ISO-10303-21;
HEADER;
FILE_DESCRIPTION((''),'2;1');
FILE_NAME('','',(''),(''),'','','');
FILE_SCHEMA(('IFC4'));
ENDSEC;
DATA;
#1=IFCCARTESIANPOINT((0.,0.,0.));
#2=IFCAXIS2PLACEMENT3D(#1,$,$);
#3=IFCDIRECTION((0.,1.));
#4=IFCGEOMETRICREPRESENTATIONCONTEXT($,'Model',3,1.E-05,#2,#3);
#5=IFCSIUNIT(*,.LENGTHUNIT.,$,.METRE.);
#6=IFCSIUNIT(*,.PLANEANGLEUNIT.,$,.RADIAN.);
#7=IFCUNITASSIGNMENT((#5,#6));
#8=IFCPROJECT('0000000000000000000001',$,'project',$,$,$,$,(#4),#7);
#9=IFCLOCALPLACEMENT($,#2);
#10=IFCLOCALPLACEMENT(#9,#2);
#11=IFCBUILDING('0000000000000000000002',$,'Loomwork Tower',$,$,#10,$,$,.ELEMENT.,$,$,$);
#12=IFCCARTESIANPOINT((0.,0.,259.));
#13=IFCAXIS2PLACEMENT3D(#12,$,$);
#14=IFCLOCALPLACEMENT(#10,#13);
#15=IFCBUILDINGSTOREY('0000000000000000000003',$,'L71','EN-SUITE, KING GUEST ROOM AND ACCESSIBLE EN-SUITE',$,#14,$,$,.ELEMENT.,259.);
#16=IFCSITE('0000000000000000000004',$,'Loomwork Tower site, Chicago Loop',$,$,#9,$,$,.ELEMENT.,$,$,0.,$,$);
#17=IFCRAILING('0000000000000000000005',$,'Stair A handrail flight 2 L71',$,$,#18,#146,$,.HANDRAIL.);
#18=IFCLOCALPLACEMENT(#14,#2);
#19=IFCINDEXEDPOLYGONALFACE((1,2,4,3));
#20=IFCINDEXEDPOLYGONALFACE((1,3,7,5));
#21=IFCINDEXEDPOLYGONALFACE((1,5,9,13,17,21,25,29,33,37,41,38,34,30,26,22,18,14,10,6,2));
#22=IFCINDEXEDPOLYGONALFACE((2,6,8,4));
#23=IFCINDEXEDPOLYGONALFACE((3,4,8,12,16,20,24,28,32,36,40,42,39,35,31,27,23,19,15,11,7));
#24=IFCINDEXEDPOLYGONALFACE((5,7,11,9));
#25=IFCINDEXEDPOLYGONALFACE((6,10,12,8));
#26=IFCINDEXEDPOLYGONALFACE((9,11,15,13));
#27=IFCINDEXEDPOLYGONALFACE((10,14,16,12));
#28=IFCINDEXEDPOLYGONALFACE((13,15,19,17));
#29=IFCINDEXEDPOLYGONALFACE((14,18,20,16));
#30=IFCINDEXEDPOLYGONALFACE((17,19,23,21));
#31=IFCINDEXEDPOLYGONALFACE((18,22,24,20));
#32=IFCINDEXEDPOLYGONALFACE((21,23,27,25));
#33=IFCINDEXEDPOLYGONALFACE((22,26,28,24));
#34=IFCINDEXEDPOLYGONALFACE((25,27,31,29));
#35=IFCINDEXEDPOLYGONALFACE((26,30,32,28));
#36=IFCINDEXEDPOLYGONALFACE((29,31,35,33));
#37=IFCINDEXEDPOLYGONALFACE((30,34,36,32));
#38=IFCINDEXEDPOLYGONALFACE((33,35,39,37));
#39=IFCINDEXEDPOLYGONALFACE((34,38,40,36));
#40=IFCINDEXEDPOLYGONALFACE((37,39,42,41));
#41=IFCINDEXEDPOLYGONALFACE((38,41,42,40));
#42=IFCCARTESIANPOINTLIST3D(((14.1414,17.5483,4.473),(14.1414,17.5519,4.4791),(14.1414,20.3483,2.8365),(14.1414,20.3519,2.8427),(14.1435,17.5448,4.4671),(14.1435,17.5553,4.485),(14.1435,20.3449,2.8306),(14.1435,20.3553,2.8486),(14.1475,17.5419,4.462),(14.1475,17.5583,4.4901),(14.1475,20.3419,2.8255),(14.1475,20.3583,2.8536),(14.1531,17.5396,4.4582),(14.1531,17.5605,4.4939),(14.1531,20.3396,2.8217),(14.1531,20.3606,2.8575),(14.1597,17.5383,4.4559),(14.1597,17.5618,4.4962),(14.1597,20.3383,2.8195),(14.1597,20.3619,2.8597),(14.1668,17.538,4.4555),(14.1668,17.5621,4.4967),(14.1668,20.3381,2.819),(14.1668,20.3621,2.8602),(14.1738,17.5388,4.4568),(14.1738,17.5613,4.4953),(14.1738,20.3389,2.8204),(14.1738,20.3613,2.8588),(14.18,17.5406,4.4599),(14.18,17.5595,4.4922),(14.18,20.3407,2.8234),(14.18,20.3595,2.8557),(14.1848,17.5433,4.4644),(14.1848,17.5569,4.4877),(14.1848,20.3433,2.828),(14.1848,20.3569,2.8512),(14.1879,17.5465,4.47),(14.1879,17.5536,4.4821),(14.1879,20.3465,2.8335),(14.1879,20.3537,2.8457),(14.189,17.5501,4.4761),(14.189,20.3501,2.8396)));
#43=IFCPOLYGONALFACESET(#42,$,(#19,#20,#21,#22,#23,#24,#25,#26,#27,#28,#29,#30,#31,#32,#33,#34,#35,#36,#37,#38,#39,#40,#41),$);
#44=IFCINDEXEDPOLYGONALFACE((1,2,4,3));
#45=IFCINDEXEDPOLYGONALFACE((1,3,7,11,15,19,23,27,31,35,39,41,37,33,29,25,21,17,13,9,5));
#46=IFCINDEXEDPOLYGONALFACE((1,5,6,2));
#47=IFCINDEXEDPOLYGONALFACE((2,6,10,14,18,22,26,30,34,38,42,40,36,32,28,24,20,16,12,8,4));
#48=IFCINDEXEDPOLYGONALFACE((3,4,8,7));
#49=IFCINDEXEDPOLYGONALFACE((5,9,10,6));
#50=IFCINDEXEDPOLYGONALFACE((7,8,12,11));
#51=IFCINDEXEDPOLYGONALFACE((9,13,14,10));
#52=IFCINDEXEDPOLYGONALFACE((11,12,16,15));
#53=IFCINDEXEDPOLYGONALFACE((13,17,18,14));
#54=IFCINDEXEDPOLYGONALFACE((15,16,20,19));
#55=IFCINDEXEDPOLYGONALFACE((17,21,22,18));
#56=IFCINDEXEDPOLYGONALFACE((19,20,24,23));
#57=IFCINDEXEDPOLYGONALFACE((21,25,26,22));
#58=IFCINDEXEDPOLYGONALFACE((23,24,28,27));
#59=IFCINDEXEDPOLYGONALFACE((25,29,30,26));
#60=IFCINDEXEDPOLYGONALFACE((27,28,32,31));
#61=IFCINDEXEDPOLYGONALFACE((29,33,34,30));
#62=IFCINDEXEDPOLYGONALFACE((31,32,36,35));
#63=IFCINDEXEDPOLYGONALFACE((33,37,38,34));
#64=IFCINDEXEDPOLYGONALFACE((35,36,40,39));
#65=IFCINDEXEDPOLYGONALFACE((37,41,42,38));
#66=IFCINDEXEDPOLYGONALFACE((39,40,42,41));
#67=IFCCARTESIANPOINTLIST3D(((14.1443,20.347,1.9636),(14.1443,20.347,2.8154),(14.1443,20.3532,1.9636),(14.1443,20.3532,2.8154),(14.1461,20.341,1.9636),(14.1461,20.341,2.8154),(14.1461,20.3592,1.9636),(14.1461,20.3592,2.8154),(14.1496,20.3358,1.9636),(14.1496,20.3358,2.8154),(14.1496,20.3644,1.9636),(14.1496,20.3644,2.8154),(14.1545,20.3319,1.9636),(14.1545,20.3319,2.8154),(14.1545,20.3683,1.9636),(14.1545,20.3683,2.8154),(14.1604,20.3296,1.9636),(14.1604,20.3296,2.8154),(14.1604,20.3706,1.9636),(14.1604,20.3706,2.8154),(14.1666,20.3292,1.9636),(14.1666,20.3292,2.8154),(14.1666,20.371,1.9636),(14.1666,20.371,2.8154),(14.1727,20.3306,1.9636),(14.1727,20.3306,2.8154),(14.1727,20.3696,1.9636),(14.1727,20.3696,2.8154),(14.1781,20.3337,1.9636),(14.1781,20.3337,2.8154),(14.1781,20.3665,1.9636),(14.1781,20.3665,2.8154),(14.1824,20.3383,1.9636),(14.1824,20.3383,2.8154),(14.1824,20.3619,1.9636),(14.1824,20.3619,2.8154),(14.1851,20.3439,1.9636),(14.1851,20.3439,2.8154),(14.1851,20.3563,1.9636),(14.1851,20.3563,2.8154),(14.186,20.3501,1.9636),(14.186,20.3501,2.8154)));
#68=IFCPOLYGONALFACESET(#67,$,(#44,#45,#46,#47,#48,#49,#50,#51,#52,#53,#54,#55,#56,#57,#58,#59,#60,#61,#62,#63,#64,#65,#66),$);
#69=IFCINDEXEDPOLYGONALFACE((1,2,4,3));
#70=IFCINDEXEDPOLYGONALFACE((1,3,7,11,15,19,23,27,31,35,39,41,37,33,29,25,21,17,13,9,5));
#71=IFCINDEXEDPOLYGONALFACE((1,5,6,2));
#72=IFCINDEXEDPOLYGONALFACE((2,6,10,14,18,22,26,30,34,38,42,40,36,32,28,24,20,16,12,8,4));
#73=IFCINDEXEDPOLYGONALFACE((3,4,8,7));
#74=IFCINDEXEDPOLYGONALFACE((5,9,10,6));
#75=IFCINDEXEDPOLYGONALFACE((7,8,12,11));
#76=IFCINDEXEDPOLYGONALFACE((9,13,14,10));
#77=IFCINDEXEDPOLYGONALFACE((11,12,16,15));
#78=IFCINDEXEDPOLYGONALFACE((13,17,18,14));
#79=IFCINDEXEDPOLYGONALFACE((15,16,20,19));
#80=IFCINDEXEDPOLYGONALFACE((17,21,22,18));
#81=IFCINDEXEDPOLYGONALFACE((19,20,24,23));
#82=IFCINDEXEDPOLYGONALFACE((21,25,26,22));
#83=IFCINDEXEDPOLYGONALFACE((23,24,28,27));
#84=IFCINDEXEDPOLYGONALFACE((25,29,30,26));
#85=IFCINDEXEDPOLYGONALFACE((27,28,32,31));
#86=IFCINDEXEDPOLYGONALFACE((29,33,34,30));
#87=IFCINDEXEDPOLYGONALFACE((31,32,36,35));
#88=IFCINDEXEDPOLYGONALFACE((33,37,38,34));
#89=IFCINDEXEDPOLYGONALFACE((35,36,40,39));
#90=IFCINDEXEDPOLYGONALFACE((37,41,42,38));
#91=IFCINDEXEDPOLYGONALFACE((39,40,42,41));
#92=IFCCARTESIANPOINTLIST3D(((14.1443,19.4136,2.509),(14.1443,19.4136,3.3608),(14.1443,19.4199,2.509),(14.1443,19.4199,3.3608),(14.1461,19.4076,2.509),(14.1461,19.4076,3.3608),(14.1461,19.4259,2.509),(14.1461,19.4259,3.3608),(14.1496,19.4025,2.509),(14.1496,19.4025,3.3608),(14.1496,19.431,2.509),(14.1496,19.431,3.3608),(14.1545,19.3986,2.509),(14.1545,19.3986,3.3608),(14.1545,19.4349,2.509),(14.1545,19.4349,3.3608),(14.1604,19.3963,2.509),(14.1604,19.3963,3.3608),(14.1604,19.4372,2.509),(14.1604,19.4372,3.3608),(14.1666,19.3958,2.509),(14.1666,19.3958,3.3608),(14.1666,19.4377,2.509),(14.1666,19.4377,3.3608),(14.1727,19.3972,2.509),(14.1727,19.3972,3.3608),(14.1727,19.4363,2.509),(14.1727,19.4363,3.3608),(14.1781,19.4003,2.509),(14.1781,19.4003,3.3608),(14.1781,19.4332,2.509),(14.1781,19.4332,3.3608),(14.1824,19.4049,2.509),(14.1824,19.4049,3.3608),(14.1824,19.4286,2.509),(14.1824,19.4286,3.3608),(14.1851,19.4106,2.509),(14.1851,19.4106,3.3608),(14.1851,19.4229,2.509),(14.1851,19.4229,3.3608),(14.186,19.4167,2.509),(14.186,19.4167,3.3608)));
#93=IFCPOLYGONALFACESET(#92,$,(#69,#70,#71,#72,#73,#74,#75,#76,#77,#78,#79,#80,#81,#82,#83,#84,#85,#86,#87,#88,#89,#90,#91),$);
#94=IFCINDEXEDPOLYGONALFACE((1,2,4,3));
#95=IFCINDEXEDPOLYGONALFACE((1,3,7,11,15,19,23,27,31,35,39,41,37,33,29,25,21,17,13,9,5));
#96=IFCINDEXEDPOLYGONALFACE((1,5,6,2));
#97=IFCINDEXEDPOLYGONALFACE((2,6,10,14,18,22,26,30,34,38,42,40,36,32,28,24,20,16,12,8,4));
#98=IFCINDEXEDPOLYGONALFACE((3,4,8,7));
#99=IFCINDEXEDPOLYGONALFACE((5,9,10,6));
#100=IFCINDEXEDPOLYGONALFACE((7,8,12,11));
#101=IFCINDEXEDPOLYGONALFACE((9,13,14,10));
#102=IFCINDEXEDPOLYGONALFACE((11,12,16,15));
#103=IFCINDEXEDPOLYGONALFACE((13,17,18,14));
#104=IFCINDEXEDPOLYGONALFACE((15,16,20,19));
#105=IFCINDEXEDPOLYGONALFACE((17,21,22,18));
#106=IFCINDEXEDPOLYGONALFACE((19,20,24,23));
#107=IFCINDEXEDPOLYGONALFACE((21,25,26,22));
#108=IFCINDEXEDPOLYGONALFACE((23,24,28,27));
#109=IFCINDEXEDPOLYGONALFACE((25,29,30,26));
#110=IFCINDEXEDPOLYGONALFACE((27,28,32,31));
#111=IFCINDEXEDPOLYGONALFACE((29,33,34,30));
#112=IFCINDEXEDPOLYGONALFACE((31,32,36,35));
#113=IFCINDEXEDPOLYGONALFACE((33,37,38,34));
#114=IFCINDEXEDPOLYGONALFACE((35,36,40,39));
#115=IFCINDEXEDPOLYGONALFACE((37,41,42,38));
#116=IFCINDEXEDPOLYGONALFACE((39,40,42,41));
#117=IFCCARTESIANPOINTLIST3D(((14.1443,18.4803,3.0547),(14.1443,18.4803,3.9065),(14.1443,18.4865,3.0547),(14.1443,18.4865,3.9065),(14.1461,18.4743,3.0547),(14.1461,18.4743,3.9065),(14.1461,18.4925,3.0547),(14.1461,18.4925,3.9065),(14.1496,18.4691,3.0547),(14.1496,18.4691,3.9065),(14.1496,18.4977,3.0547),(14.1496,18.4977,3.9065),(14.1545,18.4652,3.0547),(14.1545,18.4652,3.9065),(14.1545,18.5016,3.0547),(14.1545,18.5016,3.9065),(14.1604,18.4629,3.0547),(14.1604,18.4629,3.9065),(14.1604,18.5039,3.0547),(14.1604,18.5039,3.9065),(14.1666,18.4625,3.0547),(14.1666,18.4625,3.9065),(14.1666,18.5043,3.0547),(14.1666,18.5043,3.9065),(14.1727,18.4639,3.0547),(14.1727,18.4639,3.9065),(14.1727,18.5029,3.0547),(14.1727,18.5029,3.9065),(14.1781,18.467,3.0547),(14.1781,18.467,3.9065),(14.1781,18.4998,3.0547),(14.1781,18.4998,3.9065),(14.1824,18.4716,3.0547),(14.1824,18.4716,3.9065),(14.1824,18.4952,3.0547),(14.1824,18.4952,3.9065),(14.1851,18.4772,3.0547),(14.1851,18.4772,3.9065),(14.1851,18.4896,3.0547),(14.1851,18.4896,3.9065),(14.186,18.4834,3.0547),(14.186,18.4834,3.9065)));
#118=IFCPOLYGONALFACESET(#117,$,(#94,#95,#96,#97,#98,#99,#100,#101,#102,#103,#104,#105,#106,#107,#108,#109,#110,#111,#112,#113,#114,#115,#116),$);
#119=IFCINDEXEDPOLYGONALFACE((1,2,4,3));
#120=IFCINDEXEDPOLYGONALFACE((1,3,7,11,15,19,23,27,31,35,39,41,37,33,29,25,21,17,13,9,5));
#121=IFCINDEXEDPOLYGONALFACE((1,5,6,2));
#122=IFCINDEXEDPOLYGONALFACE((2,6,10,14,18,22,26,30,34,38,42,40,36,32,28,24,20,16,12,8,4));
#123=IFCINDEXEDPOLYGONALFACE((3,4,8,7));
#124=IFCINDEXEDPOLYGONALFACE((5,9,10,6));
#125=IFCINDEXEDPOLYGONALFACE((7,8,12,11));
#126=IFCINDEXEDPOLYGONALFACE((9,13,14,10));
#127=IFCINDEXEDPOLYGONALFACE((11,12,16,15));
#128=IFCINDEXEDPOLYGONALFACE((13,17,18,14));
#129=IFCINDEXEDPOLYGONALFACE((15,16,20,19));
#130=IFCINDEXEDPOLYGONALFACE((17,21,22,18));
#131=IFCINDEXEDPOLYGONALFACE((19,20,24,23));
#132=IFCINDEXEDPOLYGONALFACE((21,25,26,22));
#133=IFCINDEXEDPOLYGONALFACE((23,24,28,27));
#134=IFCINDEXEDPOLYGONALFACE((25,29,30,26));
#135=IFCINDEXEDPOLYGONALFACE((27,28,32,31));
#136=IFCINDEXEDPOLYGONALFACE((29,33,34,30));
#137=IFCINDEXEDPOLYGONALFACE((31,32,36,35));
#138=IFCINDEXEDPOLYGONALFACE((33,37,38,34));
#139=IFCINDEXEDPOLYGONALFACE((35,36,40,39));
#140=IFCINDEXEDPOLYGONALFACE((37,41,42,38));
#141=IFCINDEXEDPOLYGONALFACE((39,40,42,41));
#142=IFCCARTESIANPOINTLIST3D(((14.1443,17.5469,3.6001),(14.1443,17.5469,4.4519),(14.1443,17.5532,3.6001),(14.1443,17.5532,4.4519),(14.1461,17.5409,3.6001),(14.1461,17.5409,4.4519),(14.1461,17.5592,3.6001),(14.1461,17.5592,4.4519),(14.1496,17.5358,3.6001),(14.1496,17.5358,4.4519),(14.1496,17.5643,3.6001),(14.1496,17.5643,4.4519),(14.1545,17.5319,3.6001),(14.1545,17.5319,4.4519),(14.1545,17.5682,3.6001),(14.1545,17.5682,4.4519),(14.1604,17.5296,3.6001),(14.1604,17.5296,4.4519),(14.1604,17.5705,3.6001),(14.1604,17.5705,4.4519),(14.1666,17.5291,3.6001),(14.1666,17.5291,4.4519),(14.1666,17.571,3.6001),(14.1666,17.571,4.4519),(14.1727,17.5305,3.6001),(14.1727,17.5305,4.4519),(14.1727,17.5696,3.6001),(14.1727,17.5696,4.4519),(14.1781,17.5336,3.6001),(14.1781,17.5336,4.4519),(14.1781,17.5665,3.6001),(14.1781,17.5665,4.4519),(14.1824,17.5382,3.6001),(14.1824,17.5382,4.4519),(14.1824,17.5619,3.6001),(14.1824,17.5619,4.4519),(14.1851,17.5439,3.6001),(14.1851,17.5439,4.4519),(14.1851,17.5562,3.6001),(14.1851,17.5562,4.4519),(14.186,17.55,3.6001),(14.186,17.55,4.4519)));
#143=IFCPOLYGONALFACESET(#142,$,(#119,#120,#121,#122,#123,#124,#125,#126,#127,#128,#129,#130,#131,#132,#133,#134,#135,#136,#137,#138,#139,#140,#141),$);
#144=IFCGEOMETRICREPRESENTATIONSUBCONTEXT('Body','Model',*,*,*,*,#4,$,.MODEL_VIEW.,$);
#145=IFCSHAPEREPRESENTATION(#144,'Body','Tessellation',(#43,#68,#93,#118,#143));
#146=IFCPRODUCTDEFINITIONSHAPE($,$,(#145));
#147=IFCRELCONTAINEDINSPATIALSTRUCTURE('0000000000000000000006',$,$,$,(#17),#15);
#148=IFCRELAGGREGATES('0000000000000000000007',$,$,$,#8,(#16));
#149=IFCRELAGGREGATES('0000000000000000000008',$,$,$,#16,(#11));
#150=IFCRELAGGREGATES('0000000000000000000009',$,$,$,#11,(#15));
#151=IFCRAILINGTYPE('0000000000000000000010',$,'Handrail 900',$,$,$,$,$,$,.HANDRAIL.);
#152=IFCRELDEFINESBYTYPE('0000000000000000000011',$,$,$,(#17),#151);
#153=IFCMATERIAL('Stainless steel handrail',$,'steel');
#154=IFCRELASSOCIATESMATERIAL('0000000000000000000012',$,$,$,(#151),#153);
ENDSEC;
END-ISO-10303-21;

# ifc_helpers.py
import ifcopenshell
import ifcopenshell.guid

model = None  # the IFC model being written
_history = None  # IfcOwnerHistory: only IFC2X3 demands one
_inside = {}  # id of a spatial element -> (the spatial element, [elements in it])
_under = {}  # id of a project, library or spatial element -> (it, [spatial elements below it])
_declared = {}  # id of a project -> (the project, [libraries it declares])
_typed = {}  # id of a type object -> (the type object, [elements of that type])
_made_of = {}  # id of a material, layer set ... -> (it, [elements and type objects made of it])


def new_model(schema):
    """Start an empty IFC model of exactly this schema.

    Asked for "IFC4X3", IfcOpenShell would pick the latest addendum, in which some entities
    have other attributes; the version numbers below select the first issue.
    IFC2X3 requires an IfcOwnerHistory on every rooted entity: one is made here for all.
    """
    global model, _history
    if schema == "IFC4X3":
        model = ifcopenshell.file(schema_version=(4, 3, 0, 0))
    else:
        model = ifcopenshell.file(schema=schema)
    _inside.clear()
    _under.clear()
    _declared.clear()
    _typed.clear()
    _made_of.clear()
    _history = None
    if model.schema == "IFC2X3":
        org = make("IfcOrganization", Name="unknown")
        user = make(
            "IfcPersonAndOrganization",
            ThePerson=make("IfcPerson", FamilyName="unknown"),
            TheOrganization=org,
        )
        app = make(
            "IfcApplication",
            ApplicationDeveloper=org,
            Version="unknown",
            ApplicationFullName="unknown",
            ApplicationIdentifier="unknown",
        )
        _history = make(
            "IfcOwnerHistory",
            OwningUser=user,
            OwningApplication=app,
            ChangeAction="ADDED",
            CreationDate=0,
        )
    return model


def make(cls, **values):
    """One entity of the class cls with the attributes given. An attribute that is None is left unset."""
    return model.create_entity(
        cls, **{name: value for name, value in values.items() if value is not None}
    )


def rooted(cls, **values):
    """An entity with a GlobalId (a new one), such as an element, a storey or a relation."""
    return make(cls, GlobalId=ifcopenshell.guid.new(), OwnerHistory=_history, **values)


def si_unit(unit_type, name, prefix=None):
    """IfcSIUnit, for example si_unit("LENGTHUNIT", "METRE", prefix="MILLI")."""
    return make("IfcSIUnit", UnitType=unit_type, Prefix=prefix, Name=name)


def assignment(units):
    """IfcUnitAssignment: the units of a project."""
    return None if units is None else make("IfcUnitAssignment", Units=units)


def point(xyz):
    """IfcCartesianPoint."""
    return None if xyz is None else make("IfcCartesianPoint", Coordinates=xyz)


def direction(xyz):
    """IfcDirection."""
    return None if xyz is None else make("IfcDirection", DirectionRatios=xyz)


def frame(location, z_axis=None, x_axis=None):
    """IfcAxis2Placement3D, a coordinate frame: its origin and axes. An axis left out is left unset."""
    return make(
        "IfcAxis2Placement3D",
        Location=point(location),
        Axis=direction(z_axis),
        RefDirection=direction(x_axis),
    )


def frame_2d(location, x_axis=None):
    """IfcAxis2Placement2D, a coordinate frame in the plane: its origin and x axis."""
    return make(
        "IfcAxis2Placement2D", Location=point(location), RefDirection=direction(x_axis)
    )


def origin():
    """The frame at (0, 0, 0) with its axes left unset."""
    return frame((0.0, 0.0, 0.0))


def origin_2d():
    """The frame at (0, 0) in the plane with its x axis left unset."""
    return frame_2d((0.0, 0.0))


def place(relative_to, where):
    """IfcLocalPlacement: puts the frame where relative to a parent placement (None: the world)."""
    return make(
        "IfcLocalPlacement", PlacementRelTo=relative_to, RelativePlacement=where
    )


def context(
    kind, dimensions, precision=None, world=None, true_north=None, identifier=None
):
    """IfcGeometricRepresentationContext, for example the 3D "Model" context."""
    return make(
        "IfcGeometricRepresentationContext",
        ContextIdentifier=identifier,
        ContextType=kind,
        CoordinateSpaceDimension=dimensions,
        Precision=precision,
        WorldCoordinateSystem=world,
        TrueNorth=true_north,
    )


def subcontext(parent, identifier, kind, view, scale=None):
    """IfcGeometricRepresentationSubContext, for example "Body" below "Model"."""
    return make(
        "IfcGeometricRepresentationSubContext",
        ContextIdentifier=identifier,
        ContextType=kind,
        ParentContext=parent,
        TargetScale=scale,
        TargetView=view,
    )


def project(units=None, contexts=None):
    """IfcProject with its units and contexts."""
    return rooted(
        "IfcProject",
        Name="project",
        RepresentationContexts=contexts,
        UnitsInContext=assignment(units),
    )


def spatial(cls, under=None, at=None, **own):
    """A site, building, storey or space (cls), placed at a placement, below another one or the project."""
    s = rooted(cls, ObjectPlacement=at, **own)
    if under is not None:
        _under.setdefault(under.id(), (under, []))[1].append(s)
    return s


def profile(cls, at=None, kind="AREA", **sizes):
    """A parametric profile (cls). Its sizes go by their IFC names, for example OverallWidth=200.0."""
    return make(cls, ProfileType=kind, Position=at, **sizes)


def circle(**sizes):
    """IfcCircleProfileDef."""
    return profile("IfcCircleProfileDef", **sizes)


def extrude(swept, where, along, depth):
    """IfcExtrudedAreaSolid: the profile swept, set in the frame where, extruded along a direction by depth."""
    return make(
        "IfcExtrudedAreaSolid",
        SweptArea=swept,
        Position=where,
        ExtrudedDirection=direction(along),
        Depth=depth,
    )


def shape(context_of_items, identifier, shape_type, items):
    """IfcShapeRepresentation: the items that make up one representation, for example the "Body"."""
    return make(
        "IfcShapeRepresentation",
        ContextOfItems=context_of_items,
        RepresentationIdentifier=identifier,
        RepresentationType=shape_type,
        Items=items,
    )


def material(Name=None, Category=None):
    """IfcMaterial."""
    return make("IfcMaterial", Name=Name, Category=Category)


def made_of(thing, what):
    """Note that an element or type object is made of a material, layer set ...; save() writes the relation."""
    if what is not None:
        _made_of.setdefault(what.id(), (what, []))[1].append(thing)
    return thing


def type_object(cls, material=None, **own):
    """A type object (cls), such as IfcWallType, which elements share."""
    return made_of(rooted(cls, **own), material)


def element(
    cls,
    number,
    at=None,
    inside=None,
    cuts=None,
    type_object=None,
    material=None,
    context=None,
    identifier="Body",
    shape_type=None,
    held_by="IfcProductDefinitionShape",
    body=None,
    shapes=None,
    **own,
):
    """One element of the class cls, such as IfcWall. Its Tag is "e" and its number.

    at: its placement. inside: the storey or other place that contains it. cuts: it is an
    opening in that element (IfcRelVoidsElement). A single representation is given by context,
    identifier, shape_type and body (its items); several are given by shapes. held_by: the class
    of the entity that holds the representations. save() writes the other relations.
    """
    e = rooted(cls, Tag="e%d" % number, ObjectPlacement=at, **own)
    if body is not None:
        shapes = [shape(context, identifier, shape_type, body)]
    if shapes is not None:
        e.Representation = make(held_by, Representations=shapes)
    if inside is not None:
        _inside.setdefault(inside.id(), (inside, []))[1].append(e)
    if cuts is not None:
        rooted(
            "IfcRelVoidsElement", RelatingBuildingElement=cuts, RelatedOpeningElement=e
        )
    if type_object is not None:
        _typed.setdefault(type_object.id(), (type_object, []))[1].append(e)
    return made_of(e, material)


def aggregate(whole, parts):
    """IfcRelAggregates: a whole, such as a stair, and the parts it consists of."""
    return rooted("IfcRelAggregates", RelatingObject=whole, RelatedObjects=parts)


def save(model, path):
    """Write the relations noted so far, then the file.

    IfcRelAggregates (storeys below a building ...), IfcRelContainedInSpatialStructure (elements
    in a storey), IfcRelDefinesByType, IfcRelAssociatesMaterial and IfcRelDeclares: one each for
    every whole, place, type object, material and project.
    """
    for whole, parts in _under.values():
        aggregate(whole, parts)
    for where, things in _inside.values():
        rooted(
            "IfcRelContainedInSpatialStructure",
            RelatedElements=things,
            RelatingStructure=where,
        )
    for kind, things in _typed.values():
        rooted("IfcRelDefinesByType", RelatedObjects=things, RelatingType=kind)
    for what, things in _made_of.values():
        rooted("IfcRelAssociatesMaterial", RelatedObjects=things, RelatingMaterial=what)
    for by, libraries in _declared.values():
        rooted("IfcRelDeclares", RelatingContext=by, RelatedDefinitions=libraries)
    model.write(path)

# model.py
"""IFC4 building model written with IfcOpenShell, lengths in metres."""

from ifc_helpers import new_model, si_unit, direction, frame, origin, origin_2d, place, context, subcontext, project, spatial, circle, extrude, material, type_object, element, save


model = new_model("IFC4")

# Units and contexts
model_context = context("Model", 3, precision=1e-05, world=origin(), true_north=direction((0.0, 1.0)))
body_context = subcontext(model_context, "Body", "Model", "MODEL_VIEW")
ifc_project = project(units=[si_unit("LENGTHUNIT", "METRE"), si_unit("PLANEANGLEUNIT", "RADIAN")], contexts=[model_context])

# Site, building, storey
site_placement = place(None, origin())
site = spatial("IfcSite", under=ifc_project, at=site_placement, Name="Loomwork Tower site, Chicago Loop", CompositionType="ELEMENT", RefElevation=0.0)
building_placement = place(site_placement, origin())
building = spatial("IfcBuilding", under=site, at=building_placement, Name="Loomwork Tower", CompositionType="ELEMENT")
storey_placement = place(building_placement, frame((0.0, 0.0, 259.0)))
storey = spatial("IfcBuildingStorey", under=building, at=storey_placement, Name="L71", Description="EN-SUITE, KING GUEST ROOM AND ACCESSIBLE EN-SUITE", CompositionType="ELEMENT", Elevation=259.0)

# Railing
ifc_material_1 = material(Name="Stainless steel handrail", Category="steel")
railing_type = type_object("IfcRailingType", Name="Handrail 900", PredefinedType="HANDRAIL", material=ifc_material_1)
railing_placement = place(storey_placement, frame((14.165, 20.3501, 1.9636)))
element("IfcRailing", 1, at=railing_placement, inside=storey, type_object=railing_type, Name="Stair A handrail flight 2 L71", PredefinedType="HANDRAIL", context=body_context, shape_type="SweptSolid", body=[
    extrude(circle(Radius=0.0239, at=origin_2d()), frame((0.0, 0.0, 0.876), z_axis=(0.0, -0.863361, 0.504587), x_axis=(1.0, 0.0, 0.0)), (0.0, 0.0, 1.0), 3.2432),
    extrude(circle(Radius=0.021, at=origin_2d()), origin(), (0.0, 0.0, 1.0), 0.8518),
    extrude(circle(Radius=0.021, at=origin_2d()), frame((0.0, -0.9333, 0.5454)), (0.0, 0.0, 1.0), 0.8518),
    extrude(circle(Radius=0.021, at=origin_2d()), frame((0.0, -1.8667, 1.0911)), (0.0, 0.0, 1.0), 0.8518),
    extrude(circle(Radius=0.021, at=origin_2d()), frame((0.0, -2.8, 1.6365)), (0.0, 0.0, 1.0), 0.8518),
])

save(model, "model.ifc")
